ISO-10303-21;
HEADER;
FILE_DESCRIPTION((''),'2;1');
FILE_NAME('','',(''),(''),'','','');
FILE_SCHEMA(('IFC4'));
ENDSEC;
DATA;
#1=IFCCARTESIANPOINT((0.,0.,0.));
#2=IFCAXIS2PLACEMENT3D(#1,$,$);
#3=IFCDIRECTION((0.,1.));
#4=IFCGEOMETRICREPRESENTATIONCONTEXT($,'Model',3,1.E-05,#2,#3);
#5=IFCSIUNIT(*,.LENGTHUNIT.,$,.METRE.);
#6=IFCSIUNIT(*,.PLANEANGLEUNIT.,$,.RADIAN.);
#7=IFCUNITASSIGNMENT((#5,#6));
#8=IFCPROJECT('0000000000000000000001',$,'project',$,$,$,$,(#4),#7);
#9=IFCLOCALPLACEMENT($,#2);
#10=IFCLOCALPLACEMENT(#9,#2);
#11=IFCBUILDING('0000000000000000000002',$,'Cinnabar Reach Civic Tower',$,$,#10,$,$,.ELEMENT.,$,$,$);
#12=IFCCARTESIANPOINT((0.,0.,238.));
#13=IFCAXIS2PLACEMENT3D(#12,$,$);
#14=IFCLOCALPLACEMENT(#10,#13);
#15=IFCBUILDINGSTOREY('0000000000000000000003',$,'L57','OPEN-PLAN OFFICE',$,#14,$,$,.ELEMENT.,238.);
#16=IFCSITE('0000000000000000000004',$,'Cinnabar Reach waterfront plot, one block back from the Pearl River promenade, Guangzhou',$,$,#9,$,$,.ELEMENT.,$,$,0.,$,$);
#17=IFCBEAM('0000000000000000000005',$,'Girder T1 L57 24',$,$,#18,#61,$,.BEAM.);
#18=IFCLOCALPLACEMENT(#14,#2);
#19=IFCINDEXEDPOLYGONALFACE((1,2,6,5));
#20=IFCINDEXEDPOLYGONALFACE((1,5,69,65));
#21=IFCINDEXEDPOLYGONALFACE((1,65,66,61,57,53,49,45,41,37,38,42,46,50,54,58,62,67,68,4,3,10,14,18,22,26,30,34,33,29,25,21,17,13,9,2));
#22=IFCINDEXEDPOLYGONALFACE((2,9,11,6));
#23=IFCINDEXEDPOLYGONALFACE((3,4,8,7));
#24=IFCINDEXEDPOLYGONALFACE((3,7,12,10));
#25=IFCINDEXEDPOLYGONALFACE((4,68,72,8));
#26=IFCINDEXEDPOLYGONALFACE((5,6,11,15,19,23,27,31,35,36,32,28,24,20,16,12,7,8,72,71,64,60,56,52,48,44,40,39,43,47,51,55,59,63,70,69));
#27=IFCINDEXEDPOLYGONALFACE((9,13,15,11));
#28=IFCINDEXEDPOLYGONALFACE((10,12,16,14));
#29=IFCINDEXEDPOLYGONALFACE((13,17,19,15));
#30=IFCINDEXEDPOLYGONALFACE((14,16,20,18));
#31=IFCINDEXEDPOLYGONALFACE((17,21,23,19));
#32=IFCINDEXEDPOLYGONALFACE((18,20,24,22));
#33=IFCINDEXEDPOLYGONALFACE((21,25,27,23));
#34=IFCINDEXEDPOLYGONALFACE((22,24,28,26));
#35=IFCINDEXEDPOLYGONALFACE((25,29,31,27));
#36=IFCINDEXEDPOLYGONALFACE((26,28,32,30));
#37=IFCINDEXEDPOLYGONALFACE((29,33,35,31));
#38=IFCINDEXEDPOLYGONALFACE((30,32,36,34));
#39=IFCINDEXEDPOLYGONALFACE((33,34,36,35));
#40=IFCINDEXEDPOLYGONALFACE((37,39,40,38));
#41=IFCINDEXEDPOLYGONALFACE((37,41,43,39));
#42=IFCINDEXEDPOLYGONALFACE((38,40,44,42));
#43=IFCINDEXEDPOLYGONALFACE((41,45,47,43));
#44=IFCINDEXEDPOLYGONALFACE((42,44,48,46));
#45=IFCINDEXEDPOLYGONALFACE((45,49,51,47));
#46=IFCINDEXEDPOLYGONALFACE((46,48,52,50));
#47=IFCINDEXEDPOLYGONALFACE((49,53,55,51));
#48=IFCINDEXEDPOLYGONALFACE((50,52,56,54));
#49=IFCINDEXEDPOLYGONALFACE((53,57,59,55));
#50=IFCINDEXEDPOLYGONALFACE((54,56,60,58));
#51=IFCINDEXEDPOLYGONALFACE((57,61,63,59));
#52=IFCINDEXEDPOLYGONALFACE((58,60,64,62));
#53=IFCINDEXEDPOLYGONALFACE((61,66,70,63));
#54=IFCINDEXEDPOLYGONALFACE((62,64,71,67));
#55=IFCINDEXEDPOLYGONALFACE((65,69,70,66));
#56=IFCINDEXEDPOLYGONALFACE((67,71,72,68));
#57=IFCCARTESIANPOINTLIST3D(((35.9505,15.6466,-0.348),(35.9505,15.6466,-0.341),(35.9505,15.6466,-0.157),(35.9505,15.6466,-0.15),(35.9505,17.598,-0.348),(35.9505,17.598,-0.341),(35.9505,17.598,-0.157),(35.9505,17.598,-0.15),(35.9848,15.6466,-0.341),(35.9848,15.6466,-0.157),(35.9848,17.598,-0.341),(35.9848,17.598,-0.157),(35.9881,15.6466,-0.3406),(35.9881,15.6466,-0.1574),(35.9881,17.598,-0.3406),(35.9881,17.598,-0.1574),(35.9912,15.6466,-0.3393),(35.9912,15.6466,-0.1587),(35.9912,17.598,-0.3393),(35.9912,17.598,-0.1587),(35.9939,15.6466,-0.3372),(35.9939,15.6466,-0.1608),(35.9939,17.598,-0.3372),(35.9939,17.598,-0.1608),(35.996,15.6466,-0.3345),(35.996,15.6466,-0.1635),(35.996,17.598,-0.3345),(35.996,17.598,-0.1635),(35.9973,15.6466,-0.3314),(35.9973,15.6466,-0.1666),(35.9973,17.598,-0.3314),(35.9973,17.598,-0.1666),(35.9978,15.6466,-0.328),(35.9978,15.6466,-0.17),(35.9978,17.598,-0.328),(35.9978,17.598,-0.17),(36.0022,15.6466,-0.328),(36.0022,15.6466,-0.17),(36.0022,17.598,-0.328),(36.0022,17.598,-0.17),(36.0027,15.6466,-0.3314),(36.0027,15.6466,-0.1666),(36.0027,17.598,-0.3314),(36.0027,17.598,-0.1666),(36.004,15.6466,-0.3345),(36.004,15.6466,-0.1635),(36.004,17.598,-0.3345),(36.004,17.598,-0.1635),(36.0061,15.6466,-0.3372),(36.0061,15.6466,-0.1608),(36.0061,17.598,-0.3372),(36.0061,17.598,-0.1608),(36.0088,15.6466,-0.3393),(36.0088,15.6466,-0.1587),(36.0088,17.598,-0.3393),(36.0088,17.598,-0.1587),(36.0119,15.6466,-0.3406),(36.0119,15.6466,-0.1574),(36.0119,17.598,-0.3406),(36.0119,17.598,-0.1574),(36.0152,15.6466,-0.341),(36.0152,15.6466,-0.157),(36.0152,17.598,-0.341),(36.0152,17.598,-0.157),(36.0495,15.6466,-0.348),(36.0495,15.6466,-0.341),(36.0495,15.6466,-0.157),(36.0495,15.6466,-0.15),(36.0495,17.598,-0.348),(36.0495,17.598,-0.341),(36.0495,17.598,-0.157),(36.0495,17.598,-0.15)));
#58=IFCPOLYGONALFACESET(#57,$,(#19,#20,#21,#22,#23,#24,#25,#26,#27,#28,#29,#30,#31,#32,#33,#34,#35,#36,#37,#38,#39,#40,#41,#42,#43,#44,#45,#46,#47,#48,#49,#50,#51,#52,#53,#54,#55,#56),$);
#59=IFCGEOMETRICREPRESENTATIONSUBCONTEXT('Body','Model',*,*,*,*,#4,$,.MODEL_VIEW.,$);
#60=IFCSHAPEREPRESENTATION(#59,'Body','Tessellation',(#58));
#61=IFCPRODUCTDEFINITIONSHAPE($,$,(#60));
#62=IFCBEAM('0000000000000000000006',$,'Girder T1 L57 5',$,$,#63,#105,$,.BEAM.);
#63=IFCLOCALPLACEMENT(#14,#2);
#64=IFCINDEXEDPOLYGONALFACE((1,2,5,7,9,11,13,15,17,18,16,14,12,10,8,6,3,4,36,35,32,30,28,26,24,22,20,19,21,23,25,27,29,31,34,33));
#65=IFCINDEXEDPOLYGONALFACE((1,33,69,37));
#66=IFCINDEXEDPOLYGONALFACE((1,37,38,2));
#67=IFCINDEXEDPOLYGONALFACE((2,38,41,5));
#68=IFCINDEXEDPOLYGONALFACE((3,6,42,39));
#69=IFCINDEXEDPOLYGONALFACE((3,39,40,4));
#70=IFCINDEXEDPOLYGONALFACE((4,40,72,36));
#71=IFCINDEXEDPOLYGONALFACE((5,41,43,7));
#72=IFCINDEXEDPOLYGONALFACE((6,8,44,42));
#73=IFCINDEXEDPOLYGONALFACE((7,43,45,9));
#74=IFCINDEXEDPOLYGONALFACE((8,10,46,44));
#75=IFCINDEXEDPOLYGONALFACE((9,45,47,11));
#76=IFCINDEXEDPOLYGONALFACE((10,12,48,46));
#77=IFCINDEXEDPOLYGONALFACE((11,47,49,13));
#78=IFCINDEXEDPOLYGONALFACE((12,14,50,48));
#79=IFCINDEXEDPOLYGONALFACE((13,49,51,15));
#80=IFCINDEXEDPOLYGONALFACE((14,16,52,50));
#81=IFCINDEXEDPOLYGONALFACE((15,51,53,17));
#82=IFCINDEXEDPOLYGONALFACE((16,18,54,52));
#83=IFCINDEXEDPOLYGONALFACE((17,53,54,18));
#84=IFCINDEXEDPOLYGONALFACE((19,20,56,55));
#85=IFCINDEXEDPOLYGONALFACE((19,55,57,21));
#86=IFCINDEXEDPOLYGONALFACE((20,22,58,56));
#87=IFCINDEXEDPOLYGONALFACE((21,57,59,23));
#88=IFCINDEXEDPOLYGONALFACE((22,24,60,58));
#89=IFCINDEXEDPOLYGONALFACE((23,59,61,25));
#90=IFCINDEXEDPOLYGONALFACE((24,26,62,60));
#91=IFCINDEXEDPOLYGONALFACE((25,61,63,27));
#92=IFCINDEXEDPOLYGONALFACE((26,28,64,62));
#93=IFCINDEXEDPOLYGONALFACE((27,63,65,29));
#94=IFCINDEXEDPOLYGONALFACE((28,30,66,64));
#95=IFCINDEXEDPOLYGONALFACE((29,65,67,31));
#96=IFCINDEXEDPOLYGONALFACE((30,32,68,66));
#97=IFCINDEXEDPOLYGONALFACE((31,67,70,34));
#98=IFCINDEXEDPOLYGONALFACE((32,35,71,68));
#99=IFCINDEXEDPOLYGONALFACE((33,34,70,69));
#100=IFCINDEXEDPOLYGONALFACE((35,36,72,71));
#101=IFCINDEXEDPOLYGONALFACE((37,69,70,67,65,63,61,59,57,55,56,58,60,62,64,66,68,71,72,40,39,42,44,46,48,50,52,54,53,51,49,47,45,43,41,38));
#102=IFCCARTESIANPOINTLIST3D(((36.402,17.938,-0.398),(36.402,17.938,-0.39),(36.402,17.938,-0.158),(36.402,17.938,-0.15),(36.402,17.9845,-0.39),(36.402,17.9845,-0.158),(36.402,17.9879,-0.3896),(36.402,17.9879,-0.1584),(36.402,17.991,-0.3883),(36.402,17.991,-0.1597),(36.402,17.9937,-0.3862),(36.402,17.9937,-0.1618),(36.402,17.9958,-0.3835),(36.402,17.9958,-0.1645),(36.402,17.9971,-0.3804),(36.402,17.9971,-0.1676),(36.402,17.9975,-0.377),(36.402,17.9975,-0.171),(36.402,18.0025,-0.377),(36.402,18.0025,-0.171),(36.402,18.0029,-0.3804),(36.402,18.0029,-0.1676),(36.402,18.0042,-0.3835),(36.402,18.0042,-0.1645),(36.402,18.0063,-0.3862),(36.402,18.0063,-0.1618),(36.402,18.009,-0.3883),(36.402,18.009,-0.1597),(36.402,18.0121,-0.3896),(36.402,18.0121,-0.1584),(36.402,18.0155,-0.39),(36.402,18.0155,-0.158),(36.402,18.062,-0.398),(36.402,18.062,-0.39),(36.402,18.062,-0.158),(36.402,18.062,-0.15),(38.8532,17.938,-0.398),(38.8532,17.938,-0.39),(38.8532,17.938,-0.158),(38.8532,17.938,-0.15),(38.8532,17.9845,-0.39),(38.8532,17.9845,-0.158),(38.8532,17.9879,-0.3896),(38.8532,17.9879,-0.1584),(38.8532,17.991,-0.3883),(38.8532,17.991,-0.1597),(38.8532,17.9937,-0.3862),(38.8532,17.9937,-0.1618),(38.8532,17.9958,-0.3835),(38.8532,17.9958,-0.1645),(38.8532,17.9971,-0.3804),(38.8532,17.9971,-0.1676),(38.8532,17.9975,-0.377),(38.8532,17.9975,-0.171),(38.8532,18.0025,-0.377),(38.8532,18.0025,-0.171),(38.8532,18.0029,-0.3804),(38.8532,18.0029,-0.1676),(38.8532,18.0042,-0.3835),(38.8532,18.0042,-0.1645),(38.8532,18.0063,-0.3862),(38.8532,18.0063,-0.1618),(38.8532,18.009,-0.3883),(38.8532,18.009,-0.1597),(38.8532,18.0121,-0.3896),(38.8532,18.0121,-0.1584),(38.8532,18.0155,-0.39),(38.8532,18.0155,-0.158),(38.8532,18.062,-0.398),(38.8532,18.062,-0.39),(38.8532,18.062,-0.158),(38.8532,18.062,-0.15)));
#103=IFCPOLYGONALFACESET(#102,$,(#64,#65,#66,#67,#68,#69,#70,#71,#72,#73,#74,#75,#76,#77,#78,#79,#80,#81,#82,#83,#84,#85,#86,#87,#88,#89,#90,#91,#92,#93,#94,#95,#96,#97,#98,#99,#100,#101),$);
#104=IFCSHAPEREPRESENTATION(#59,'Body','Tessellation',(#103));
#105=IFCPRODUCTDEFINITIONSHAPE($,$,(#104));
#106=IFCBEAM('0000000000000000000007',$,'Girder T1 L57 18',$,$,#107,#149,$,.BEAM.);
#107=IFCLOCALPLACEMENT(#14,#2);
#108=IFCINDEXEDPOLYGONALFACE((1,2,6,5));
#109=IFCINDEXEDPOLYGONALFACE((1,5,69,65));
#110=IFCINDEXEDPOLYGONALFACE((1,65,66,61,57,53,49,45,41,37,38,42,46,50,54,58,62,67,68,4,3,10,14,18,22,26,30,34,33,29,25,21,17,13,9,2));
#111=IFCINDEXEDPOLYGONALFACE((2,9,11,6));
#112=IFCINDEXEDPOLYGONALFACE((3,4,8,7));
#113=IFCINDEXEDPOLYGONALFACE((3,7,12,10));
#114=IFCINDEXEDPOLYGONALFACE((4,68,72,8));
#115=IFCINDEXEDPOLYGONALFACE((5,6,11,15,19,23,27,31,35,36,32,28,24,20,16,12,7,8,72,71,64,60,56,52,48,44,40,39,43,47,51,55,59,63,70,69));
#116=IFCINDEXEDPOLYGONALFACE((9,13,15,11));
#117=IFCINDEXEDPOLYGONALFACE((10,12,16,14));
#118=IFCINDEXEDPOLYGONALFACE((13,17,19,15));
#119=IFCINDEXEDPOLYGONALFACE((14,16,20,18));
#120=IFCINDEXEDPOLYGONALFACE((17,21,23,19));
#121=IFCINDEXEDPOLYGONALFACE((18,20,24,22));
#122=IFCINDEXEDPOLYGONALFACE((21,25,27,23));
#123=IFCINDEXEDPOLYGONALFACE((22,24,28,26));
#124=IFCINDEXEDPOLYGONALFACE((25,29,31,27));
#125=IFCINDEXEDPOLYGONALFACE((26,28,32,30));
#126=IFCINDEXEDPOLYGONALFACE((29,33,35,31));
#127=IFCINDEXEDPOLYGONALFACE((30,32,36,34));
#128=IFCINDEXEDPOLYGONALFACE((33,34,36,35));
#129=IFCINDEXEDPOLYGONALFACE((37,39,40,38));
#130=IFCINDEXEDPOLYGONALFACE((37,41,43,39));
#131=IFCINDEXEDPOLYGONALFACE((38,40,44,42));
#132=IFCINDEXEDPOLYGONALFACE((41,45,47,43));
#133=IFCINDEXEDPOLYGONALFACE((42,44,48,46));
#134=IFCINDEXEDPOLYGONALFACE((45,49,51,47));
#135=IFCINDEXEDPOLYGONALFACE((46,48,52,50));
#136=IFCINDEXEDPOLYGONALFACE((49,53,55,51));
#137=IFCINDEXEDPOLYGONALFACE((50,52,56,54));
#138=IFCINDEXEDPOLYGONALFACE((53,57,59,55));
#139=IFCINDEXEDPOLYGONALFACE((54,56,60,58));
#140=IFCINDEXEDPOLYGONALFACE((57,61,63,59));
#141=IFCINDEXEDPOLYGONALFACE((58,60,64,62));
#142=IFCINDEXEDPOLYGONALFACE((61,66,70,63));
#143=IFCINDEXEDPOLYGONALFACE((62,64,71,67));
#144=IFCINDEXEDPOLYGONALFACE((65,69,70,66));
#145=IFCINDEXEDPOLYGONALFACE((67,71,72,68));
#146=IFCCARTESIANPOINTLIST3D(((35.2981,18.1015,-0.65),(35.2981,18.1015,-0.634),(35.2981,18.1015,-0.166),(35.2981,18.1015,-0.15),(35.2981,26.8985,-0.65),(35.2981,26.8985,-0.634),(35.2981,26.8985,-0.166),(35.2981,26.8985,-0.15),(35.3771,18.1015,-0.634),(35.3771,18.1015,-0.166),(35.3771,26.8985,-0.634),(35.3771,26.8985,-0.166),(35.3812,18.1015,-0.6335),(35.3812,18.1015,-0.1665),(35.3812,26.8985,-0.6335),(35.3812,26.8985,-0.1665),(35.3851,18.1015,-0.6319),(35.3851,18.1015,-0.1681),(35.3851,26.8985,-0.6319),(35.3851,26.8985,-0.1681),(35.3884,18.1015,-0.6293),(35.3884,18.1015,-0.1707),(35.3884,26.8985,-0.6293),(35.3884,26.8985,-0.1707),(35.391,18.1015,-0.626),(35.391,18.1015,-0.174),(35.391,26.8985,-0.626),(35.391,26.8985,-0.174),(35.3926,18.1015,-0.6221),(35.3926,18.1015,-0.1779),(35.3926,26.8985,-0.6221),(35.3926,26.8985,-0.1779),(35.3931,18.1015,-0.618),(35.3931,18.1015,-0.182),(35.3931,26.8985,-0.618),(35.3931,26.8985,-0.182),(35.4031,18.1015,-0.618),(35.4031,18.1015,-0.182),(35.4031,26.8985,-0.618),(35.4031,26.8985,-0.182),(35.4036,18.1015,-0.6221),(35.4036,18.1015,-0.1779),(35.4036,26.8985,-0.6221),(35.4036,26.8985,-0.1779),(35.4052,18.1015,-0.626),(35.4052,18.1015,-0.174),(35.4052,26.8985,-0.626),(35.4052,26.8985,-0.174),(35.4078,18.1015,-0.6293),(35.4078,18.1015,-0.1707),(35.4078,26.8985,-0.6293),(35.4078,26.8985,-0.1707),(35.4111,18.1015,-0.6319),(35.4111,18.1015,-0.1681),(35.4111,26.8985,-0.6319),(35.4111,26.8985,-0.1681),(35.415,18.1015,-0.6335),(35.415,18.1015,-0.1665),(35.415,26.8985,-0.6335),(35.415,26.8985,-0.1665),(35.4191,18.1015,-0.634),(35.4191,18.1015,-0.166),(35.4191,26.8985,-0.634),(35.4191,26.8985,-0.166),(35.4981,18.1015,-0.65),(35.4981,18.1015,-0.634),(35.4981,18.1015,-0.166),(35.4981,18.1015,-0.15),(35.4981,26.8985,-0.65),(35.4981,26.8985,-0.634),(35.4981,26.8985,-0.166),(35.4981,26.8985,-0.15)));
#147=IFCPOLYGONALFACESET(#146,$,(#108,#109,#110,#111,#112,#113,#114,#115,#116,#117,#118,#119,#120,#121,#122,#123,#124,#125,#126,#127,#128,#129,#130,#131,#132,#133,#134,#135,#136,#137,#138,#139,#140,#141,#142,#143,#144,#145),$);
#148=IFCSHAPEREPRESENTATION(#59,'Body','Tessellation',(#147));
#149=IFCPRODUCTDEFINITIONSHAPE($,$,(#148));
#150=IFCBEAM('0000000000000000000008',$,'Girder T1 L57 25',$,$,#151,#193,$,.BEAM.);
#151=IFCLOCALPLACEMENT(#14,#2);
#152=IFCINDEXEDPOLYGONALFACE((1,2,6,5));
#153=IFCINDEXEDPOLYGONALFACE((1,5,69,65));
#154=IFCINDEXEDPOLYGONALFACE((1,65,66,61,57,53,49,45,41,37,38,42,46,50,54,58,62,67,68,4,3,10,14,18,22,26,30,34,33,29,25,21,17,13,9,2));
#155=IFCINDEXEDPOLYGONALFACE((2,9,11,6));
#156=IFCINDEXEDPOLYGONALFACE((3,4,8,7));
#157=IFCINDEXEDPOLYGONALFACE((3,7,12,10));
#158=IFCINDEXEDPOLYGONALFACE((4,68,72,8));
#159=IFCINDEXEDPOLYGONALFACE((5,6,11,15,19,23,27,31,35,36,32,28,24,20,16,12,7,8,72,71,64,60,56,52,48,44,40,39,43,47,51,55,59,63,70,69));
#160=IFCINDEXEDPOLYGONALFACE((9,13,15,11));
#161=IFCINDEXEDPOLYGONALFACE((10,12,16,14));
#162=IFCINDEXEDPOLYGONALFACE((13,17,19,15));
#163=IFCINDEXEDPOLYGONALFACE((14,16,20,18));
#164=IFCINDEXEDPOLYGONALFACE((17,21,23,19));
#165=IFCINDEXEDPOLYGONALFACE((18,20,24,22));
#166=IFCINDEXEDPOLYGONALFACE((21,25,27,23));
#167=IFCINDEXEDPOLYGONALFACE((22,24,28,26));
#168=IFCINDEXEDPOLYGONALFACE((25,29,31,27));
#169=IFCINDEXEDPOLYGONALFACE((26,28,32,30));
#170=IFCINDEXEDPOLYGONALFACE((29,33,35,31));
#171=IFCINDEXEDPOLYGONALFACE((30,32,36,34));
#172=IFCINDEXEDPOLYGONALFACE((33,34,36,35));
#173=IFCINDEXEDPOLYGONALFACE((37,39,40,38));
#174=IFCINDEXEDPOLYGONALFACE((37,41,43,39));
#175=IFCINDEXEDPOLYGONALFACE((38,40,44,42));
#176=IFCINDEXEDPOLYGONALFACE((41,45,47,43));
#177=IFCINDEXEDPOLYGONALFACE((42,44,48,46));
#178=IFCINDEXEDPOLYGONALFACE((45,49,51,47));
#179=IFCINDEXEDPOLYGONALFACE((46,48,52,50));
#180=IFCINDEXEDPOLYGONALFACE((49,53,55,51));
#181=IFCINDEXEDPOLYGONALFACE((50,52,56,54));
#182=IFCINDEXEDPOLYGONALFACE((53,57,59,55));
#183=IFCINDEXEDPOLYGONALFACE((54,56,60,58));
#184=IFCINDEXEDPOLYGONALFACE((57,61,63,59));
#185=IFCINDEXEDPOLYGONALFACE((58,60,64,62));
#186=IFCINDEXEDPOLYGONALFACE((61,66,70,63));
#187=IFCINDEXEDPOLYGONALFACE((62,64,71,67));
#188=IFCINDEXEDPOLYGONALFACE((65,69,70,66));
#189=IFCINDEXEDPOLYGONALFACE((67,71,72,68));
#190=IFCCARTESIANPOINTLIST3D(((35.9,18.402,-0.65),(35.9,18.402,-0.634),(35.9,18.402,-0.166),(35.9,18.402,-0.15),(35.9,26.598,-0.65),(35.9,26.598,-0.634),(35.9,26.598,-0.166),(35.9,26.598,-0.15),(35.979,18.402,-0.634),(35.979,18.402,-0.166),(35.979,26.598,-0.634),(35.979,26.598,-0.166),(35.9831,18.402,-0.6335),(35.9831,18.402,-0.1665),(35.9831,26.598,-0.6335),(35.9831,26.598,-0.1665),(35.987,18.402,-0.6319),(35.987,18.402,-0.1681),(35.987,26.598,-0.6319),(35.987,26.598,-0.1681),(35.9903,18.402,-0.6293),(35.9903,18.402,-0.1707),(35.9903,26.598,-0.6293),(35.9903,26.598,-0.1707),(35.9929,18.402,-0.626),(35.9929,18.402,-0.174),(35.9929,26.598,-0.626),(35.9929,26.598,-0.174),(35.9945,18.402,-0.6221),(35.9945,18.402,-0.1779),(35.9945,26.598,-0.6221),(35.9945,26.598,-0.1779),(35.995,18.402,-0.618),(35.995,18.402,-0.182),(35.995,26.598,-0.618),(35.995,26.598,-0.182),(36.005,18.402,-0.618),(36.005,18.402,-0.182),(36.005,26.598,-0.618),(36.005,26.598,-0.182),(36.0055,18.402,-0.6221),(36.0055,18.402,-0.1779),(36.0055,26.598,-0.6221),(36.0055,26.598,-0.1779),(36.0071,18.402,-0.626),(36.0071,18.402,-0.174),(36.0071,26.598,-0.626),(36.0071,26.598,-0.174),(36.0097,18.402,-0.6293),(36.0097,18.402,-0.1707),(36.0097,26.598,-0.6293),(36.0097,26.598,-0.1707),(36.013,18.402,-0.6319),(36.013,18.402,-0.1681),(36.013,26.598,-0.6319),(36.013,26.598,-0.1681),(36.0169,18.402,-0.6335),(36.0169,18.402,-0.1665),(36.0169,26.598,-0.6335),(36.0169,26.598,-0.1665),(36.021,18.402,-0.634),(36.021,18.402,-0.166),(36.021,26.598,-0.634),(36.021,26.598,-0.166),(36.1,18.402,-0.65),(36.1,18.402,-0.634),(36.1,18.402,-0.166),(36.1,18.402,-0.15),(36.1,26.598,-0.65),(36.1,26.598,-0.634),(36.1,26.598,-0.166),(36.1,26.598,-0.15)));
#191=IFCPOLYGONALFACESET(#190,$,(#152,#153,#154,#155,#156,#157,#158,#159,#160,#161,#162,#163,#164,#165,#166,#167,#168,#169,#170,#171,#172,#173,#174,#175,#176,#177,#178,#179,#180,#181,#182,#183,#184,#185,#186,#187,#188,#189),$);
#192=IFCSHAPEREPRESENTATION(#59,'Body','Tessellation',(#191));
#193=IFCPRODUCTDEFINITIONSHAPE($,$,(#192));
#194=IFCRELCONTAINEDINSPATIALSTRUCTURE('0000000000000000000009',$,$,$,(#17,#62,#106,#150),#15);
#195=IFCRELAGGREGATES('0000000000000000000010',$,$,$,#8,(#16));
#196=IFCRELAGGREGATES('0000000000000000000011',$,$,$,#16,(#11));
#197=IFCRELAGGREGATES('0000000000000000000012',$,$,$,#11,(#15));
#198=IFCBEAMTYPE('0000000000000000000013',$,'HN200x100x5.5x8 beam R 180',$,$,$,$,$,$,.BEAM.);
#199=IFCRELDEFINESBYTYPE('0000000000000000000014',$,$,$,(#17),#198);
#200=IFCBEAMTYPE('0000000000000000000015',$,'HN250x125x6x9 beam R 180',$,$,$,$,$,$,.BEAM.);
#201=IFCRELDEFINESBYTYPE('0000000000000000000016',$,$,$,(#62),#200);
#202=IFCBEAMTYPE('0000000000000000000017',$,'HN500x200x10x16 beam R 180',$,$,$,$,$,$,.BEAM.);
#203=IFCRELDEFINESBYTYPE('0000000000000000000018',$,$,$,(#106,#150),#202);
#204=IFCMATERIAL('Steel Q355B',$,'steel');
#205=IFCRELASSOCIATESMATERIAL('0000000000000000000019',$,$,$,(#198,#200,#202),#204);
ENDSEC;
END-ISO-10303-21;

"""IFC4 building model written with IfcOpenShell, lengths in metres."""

from ifc_helpers import new_model, si_unit, direction, frame, origin, origin_2d, place, context, subcontext, project, spatial, i_section, extrude, material, material_profile, profile_set, type_object, element, save


model = new_model("IFC4")

# Units and contexts
model_context = context("Model", 3, precision=1e-05, world=origin(), true_north=direction((0.0, 1.0)))
body_context = subcontext(model_context, "Body", "Model", "MODEL_VIEW")
ifc_project = project(units=[si_unit("LENGTHUNIT", "METRE"), si_unit("PLANEANGLEUNIT", "RADIAN")], contexts=[model_context])

# Site, building, storey
site_placement = place(None, origin())
site = spatial("IfcSite", under=ifc_project, at=site_placement, Name="Cinnabar Reach waterfront plot, one block back from the Pearl River promenade, Guangzhou", CompositionType="ELEMENT", RefElevation=0.0)
building_placement = place(site_placement, origin())
building = spatial("IfcBuilding", under=site, at=building_placement, Name="Cinnabar Reach Civic Tower", CompositionType="ELEMENT")
storey_placement = place(building_placement, frame((0.0, 0.0, 238.0)))
storey = spatial("IfcBuildingStorey", under=building, at=storey_placement, Name="L57", Description="OPEN-PLAN OFFICE", CompositionType="ELEMENT", Elevation=238.0)

# Beams
ifc_material_1 = material(Name="Steel Q355B", Category="steel")
ifc_material_profile_1 = material_profile(ifc_material_1, i_section(OverallWidth=0.099, OverallDepth=0.198, WebThickness=0.0045, FlangeThickness=0.007, FilletRadius=0.013, at=origin_2d()), Name="HN200x100x5.5x8")
ifc_profile_set_1 = profile_set([ifc_material_profile_1], Name="Steel Q355B")
beam_type_1 = type_object("IfcBeamType", Name="HN200x100x5.5x8 beam R 180", PredefinedType="BEAM", material=ifc_profile_set_1)
beam_1_placement = place(storey_placement, frame((36.0, 15.6466, -0.249), z_axis=(0.0, 1.0, 0.0), x_axis=(-1.0, 0.0, 0.0)))
element("IfcBeam", 1, at=beam_1_placement, inside=storey, type_object=beam_type_1, Name="Girder T1 L57 24", PredefinedType="BEAM", context=body_context, shape_type="SweptSolid", body=[
    extrude(i_section(OverallWidth=0.099, OverallDepth=0.198, WebThickness=0.0045, FlangeThickness=0.007, FilletRadius=0.013, at=origin_2d()), origin(), (0.0, 0.0, 1.0), 1.9514),
])
ifc_material_profile_2 = material_profile(ifc_material_1, i_section(OverallWidth=0.124, OverallDepth=0.248, WebThickness=0.005, FlangeThickness=0.008, FilletRadius=0.013, at=origin_2d()), Name="HN250x125x6x9")
ifc_profile_set_2 = profile_set([ifc_material_profile_2], Name="Steel Q355B")
beam_type_2 = type_object("IfcBeamType", Name="HN250x125x6x9 beam R 180", PredefinedType="BEAM", material=ifc_profile_set_2)
beam_2_placement = place(storey_placement, frame((36.402, 18.0, -0.274), z_axis=(1.0, 0.0, 0.0), x_axis=(0.0, 1.0, 0.0)))
element("IfcBeam", 2, at=beam_2_placement, inside=storey, type_object=beam_type_2, Name="Girder T1 L57 5", PredefinedType="BEAM", context=body_context, shape_type="SweptSolid", body=[
    extrude(i_section(OverallWidth=0.124, OverallDepth=0.248, WebThickness=0.005, FlangeThickness=0.008, FilletRadius=0.013, at=origin_2d()), origin(), (0.0, 0.0, 1.0), 2.4512),
])
ifc_material_profile_3 = material_profile(ifc_material_1, i_section(OverallWidth=0.2, OverallDepth=0.5, WebThickness=0.01, FlangeThickness=0.016, FilletRadius=0.016, at=origin_2d()), Name="HN500x200x10x16")
ifc_profile_set_3 = profile_set([ifc_material_profile_3], Name="Steel Q355B")
beam_type_3 = type_object("IfcBeamType", Name="HN500x200x10x16 beam R 180", PredefinedType="BEAM", material=ifc_profile_set_3)
beam_3_placement = place(storey_placement, frame((35.3981, 18.1015, -0.4), z_axis=(0.0, 1.0, 0.0), x_axis=(-1.0, 0.0, 0.0)))
element("IfcBeam", 3, at=beam_3_placement, inside=storey, type_object=beam_type_3, Name="Girder T1 L57 18", PredefinedType="BEAM", context=body_context, shape_type="SweptSolid", body=[
    extrude(i_section(OverallWidth=0.2, OverallDepth=0.5, WebThickness=0.01, FlangeThickness=0.016, FilletRadius=0.016, at=origin_2d()), origin(), (0.0, 0.0, 1.0), 8.797),
])
beam_4_placement = place(storey_placement, frame((36.0, 18.402, -0.4), z_axis=(0.0, 1.0, 0.0), x_axis=(-1.0, 0.0, 0.0)))
element("IfcBeam", 4, at=beam_4_placement, inside=storey, type_object=beam_type_3, Name="Girder T1 L57 25", PredefinedType="BEAM", context=body_context, shape_type="SweptSolid", body=[
    extrude(i_section(OverallWidth=0.2, OverallDepth=0.5, WebThickness=0.01, FlangeThickness=0.016, FilletRadius=0.016, at=origin_2d()), origin(), (0.0, 0.0, 1.0), 8.196),
])

save(model, "model.ifc")
